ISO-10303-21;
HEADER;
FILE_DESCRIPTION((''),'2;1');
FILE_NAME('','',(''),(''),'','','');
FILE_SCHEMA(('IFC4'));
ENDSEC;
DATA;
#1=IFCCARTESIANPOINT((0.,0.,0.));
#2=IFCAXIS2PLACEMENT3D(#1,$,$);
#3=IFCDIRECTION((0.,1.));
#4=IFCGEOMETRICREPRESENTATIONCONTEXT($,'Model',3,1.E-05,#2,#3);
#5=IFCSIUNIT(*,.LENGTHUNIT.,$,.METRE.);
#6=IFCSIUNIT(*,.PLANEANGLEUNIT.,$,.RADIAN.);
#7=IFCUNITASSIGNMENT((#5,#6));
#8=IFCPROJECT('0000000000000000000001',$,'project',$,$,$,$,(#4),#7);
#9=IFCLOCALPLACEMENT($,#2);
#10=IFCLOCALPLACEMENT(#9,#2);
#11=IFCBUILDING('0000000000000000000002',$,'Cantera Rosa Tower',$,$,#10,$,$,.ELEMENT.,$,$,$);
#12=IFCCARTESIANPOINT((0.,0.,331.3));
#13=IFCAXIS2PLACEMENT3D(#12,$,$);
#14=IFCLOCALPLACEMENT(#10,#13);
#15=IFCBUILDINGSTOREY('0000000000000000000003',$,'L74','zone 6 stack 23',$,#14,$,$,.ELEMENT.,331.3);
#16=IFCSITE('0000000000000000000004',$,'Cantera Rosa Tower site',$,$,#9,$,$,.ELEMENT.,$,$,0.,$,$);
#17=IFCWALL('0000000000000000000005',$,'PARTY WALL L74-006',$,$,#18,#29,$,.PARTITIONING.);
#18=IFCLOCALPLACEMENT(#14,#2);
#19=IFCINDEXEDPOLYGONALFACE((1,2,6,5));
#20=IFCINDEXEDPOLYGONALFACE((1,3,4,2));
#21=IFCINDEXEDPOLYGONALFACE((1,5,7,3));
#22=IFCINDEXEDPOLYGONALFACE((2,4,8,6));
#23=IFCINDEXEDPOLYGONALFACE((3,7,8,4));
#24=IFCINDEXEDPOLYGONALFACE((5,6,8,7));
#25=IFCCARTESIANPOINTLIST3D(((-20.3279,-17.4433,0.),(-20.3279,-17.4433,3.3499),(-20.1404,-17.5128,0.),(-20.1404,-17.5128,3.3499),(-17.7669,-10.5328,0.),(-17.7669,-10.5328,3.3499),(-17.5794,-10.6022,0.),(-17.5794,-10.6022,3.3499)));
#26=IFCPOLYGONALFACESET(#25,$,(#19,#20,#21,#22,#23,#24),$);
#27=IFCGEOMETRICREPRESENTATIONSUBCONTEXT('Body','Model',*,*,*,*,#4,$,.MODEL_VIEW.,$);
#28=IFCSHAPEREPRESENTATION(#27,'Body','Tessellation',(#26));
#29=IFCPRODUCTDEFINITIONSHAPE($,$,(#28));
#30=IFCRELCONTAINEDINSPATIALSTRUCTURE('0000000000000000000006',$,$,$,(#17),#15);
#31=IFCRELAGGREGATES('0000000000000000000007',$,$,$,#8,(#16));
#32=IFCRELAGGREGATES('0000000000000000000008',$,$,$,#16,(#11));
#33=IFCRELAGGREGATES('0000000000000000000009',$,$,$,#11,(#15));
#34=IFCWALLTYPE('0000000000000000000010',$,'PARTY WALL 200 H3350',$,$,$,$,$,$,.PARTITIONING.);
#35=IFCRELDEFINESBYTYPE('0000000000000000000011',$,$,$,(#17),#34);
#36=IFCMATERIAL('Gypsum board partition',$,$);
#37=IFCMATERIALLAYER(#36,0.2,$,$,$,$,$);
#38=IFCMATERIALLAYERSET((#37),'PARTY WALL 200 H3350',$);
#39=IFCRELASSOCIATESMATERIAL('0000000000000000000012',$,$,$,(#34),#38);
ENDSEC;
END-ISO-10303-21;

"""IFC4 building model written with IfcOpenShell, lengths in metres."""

from ifc_helpers import new_model, si_unit, direction, frame, frame_2d, origin, place, context, subcontext, project, spatial, rectangle, extrude, material, layer, layer_set, type_object, element, save


model = new_model("IFC4")

# Units and contexts
model_context = context("Model", 3, precision=1e-05, world=origin(), true_north=direction((0.0, 1.0)))
body_context = subcontext(model_context, "Body", "Model", "MODEL_VIEW")
ifc_project = project(units=[si_unit("LENGTHUNIT", "METRE"), si_unit("PLANEANGLEUNIT", "RADIAN")], contexts=[model_context])

# Site, building, storey
site_placement = place(None, origin())
site = spatial("IfcSite", under=ifc_project, at=site_placement, Name="Cantera Rosa Tower site", CompositionType="ELEMENT", RefElevation=0.0)
building_placement = place(site_placement, origin())
building = spatial("IfcBuilding", under=site, at=building_placement, Name="Cantera Rosa Tower", CompositionType="ELEMENT")
storey_placement = place(building_placement, frame((0.0, 0.0, 331.3)))
storey = spatial("IfcBuildingStorey", under=building, at=storey_placement, Name="L74", Description="zone 6 stack 23", CompositionType="ELEMENT", Elevation=331.3)

# Wall
ifc_material_1 = material(Name="Gypsum board partition")
ifc_layer_1 = layer(ifc_material_1, 0.2)
ifc_layer_set_1 = layer_set([ifc_layer_1], Name="PARTY WALL 200 H3350")
wall_type_1 = type_object("IfcWallType", Name="PARTY WALL 200 H3350", PredefinedType="PARTITIONING", material=ifc_layer_set_1)
wall_1_placement = place(storey_placement, frame((-17.6731, -10.5674, 0.0), z_axis=(0.0, 0.0, 1.0), x_axis=(-0.347498, -0.937681, 0.0)))
element("IfcWall", 1, at=wall_1_placement, inside=storey, type_object=wall_type_1, Name="PARTY WALL L74-006", PredefinedType="PARTITIONING", context=body_context, shape_type="SweptSolid", body=[
    extrude(rectangle(XDim=7.3699, YDim=0.2, at=frame_2d((3.6851, 0.0))), origin(), (0.0, 0.0, 1.0), 3.3499),
])

save(model, "model.ifc")
